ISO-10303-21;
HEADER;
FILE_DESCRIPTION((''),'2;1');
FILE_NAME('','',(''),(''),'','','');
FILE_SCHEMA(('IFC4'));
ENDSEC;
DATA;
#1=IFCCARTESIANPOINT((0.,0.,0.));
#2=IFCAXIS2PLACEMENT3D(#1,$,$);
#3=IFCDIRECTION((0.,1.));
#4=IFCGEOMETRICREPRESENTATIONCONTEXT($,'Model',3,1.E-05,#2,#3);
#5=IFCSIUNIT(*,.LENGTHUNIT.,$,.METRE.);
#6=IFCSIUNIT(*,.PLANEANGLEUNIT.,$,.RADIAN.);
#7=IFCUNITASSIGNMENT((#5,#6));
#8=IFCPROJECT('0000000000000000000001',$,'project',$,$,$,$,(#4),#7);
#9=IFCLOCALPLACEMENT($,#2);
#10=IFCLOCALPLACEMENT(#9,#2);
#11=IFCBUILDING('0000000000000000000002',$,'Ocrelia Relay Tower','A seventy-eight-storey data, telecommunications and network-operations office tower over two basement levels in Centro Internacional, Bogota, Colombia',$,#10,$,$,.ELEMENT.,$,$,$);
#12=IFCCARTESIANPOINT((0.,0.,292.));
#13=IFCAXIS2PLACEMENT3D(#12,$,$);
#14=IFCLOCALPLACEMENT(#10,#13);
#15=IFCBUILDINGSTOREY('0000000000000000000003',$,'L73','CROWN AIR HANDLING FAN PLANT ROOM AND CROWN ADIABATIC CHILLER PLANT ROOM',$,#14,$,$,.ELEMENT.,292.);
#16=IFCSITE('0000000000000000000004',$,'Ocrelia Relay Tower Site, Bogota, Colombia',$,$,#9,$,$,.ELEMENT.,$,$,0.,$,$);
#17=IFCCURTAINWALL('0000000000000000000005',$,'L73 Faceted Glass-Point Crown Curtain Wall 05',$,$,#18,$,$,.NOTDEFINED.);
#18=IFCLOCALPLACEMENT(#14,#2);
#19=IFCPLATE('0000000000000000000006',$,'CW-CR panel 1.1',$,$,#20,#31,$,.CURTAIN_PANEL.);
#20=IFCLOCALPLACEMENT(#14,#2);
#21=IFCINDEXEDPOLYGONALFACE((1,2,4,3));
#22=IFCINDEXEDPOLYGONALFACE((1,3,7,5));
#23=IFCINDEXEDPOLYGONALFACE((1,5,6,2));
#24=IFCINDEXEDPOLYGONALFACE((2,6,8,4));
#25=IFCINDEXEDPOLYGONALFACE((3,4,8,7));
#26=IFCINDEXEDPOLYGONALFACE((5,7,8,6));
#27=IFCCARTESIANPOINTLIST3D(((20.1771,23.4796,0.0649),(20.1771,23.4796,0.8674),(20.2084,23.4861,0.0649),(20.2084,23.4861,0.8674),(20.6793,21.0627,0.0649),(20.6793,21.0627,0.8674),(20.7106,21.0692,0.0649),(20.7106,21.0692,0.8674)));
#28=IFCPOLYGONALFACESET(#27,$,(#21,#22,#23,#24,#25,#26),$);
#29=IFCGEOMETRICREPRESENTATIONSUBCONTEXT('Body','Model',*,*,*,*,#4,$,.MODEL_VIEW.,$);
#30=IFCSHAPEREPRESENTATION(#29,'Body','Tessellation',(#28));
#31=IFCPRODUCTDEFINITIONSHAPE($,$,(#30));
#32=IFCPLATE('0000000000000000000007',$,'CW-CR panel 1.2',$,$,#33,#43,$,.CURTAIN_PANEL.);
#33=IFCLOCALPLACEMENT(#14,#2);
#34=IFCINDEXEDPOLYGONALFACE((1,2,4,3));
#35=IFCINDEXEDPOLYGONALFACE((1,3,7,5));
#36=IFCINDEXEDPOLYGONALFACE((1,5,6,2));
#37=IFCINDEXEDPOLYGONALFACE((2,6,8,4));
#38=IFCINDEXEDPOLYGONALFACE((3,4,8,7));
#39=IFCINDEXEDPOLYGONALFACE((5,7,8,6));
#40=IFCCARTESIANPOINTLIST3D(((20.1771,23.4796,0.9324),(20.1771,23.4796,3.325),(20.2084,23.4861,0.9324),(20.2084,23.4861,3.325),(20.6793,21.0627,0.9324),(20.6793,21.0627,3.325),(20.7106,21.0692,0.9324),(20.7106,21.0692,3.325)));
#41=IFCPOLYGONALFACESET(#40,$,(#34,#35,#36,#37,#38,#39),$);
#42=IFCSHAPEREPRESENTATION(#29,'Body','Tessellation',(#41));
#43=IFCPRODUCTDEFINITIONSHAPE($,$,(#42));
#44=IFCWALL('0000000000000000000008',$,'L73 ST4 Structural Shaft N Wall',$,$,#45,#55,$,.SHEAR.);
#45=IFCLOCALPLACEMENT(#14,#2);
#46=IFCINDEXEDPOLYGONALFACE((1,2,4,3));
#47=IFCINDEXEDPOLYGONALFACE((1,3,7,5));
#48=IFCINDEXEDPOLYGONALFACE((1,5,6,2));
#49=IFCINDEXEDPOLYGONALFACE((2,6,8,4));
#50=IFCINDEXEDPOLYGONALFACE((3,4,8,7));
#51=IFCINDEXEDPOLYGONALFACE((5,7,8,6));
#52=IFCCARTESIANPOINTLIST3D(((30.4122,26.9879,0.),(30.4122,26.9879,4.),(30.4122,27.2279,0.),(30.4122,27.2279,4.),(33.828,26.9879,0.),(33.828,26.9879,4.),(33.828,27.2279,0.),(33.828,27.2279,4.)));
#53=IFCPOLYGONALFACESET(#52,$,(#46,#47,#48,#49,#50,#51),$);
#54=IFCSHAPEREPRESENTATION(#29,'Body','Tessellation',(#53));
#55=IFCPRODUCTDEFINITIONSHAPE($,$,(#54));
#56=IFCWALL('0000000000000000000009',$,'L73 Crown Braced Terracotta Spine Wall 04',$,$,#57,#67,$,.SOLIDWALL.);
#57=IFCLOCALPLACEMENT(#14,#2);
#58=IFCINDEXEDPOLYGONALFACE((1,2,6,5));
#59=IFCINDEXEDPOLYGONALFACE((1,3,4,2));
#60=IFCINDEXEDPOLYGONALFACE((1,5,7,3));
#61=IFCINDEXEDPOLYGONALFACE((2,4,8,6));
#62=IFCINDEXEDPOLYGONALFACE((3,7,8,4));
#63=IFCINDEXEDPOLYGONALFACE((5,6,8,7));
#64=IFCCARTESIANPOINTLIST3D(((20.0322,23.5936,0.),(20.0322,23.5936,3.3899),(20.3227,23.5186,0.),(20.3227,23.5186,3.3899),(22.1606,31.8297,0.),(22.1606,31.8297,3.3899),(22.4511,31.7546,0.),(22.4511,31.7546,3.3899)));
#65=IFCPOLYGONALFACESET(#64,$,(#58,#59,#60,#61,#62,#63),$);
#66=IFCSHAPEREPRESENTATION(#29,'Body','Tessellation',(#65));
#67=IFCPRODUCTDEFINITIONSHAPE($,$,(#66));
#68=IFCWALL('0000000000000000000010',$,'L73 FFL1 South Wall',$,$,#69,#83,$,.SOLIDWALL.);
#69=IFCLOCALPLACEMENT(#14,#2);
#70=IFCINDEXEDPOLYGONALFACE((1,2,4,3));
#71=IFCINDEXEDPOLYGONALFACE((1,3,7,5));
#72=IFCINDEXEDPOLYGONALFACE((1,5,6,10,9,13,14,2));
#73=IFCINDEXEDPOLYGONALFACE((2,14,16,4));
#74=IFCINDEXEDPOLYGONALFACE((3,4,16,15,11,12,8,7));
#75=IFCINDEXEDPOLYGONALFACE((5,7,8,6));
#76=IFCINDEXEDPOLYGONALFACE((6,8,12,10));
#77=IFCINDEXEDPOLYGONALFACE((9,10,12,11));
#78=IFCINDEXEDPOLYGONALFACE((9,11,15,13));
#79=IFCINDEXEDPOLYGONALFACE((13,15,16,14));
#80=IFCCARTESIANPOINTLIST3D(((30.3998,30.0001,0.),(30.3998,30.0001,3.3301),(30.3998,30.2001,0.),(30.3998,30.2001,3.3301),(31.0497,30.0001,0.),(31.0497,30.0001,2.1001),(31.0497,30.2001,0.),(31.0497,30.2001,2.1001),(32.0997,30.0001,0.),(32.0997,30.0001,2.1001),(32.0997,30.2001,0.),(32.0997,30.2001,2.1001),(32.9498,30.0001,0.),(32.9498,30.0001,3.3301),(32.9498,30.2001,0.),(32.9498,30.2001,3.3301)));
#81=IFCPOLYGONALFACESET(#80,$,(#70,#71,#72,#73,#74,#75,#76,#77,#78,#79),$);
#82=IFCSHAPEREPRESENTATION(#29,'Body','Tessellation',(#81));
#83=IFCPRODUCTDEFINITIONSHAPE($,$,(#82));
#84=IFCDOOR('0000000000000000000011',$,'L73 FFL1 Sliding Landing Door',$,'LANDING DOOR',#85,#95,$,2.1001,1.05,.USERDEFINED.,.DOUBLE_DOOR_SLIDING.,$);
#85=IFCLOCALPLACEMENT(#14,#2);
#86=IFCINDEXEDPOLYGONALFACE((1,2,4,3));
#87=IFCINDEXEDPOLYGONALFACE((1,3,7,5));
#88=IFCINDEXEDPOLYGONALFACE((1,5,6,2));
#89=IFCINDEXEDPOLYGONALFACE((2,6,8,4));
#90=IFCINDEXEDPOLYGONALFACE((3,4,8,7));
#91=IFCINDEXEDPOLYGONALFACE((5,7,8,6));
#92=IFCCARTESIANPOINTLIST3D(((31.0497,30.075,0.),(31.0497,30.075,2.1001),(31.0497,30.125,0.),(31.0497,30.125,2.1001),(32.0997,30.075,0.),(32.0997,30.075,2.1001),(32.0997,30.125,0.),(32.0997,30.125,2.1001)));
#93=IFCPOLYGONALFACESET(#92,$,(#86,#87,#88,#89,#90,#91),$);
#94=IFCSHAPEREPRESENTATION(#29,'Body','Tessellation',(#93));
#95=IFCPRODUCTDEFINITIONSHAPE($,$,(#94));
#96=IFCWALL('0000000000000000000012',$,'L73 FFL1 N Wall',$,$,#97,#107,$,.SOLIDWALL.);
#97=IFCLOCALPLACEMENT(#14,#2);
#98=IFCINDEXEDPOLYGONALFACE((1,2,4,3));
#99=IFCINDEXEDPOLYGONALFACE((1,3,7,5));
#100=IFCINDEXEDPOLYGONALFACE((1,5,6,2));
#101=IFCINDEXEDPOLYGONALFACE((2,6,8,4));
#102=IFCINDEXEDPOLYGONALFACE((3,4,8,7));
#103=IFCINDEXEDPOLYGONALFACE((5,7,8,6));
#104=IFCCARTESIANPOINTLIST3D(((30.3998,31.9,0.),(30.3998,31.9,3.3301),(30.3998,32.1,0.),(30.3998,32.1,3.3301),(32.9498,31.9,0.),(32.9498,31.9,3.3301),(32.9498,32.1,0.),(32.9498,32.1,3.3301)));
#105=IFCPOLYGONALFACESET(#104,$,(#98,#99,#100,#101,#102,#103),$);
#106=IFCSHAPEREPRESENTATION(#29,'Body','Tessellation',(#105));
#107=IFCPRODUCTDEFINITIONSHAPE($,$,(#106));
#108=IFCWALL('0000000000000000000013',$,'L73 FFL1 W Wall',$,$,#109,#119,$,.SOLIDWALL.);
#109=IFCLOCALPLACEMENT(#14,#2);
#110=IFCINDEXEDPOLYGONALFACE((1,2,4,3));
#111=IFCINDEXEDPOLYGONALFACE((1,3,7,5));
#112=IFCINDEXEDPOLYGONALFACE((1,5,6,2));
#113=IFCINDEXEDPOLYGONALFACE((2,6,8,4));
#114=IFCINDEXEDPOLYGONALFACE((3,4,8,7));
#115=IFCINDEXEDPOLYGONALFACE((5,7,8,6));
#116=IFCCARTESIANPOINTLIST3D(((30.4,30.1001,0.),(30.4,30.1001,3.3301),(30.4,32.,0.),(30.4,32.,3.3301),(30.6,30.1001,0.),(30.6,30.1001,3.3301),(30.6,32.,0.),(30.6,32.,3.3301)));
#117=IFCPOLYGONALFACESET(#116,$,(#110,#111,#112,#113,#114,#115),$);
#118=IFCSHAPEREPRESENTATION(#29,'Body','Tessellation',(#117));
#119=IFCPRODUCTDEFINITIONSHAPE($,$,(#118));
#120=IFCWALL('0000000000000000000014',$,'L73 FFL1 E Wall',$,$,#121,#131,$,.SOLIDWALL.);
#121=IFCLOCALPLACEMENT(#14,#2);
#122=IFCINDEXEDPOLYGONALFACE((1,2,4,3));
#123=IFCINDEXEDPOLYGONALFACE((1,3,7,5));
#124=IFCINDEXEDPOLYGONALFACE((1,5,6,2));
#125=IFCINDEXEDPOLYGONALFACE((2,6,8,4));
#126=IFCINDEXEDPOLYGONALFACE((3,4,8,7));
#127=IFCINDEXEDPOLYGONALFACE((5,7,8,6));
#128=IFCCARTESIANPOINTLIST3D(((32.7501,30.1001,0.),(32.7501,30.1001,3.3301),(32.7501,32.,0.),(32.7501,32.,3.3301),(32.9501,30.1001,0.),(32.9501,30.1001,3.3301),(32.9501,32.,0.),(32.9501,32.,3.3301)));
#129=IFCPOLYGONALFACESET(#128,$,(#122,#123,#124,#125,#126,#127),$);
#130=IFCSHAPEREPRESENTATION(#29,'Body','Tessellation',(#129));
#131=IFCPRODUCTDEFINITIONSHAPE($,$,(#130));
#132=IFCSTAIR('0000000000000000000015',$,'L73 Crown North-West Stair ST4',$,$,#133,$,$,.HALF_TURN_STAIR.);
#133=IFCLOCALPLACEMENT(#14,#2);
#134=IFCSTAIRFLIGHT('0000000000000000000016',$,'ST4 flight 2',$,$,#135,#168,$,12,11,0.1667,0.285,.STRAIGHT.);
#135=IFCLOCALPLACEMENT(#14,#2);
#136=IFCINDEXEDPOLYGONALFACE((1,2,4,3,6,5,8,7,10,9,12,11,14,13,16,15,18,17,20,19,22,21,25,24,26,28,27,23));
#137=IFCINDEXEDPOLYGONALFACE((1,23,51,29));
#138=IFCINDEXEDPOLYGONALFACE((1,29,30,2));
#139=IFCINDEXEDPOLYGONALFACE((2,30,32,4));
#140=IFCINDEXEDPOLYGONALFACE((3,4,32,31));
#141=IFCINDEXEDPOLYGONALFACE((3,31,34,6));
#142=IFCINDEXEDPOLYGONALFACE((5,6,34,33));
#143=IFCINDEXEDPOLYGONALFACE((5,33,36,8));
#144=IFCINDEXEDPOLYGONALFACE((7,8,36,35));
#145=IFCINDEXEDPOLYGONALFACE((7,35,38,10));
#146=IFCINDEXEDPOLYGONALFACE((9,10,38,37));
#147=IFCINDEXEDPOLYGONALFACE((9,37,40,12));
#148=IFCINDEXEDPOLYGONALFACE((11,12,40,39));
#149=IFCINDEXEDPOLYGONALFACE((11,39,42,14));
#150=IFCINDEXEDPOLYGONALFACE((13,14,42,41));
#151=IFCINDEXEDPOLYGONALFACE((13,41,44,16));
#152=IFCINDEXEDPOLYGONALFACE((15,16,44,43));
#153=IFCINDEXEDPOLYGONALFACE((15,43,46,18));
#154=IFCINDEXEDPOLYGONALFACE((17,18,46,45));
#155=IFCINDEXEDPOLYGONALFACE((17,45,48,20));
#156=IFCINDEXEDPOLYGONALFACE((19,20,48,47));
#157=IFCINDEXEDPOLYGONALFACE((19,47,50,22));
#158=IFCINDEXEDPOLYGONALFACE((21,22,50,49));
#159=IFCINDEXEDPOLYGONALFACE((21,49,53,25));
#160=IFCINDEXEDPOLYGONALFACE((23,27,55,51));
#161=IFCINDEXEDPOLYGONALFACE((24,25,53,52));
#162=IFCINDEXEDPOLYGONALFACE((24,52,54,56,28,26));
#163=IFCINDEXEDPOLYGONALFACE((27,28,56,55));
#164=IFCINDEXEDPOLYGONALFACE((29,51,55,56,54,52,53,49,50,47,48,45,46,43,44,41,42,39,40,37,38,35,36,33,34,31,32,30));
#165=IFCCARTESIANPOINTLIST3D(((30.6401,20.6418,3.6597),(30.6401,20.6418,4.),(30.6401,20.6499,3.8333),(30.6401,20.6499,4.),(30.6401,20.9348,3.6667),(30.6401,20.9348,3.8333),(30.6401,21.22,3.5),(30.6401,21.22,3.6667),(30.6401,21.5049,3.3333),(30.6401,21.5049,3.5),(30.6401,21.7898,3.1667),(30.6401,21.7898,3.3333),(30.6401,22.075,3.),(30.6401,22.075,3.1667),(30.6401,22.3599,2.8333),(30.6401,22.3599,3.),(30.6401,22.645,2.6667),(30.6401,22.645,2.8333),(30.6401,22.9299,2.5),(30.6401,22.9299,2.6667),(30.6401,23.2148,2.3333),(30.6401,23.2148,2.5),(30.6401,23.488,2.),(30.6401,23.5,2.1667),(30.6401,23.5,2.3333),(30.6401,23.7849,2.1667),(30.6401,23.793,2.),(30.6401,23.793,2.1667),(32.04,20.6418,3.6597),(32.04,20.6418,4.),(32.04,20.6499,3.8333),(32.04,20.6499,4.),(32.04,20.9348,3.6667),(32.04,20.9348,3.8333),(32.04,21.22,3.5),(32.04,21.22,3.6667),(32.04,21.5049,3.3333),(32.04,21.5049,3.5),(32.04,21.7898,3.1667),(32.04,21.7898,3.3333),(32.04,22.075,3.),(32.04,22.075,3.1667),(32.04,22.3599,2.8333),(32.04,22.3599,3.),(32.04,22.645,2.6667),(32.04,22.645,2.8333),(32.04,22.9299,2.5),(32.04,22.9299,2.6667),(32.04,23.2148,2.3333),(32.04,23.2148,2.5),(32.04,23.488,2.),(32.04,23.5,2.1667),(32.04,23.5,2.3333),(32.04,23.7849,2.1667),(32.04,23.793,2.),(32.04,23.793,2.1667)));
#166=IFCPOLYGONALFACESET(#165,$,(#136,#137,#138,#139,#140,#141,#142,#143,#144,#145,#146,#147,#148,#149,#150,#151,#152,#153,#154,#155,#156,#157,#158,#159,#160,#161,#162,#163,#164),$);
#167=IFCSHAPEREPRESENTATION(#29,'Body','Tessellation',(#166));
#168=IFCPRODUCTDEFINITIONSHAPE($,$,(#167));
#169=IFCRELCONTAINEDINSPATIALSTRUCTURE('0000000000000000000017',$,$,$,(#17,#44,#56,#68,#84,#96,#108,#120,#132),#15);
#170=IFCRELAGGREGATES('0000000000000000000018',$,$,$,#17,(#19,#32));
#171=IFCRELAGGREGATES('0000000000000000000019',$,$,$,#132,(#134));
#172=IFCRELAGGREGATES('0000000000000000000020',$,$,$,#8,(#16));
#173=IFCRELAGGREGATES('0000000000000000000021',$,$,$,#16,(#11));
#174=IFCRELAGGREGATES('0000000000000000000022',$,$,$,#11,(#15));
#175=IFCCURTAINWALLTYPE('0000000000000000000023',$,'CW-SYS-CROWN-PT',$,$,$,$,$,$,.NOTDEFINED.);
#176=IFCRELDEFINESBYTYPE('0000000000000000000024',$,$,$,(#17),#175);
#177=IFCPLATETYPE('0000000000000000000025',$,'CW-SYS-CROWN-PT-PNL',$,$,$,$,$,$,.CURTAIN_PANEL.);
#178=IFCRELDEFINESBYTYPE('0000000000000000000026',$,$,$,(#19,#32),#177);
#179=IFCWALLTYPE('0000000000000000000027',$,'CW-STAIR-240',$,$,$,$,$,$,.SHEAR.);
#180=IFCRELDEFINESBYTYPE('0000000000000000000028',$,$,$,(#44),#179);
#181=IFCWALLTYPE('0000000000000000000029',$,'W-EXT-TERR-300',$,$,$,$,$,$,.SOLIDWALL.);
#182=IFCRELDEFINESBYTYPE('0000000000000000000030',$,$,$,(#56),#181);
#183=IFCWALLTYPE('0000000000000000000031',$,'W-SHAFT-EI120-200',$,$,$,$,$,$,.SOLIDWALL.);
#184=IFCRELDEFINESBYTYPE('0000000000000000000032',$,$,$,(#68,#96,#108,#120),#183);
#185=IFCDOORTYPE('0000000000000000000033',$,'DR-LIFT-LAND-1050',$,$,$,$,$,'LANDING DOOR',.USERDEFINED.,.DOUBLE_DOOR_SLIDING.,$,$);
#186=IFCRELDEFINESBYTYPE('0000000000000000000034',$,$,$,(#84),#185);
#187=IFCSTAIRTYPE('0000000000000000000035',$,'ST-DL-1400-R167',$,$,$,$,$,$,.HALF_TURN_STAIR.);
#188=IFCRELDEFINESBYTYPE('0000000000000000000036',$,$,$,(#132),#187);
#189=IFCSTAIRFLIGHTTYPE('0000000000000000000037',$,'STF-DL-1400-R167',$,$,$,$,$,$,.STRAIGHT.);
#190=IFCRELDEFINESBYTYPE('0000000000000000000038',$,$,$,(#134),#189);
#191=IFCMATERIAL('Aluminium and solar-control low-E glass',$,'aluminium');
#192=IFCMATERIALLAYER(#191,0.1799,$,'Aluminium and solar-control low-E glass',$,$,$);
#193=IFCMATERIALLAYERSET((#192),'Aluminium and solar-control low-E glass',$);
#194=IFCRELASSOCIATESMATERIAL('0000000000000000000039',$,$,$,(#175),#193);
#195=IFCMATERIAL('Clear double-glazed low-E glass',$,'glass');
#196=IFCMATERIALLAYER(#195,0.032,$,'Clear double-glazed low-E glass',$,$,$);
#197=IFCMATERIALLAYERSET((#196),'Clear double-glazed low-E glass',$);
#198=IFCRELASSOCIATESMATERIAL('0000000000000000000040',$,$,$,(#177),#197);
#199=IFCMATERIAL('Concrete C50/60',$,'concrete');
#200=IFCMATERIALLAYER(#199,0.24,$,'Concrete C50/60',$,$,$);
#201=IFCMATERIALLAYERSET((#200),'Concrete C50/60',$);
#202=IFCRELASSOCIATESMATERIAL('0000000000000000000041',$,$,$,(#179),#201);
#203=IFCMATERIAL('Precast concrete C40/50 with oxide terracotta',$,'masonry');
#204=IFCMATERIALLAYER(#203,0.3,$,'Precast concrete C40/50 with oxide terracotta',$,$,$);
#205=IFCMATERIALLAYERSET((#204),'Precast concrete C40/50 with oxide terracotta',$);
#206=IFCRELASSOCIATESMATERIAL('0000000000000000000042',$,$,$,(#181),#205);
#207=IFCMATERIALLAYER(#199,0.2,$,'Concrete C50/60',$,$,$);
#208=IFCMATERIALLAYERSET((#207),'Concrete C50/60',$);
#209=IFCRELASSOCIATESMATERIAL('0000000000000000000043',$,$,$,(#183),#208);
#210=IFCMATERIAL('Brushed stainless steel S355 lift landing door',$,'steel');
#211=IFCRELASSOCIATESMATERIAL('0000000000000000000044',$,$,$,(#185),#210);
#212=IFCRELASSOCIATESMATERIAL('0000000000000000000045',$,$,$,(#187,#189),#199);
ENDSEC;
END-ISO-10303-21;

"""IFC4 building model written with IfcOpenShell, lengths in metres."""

from ifc_helpers import new_model, si_unit, direction, frame, frame_2d, origin, origin_2d, place, context, subcontext, project, spatial, polyline, rectangle, outline, extrude, material, layer, layer_set, type_object, element, fill, aggregate, save


model = new_model("IFC4")

# Units and contexts
model_context = context("Model", 3, precision=1e-05, world=origin(), true_north=direction((0.0, 1.0)))
body_context = subcontext(model_context, "Body", "Model", "MODEL_VIEW")
ifc_project = project(units=[si_unit("LENGTHUNIT", "METRE"), si_unit("PLANEANGLEUNIT", "RADIAN")], contexts=[model_context])

# Site, building, storey
site_placement = place(None, origin())
site = spatial("IfcSite", under=ifc_project, at=site_placement, Name="Ocrelia Relay Tower Site, Bogota, Colombia", CompositionType="ELEMENT", RefElevation=0.0)
building_placement = place(site_placement, origin())
building = spatial("IfcBuilding", under=site, at=building_placement, Name="Ocrelia Relay Tower", Description="A seventy-eight-storey data, telecommunications and network-operations office tower over two basement levels in Centro Internacional, Bogota, Colombia", CompositionType="ELEMENT")
storey_placement = place(building_placement, frame((0.0, 0.0, 292.0)))
storey = spatial("IfcBuildingStorey", under=building, at=storey_placement, Name="L73", Description="CROWN AIR HANDLING FAN PLANT ROOM AND CROWN ADIABATIC CHILLER PLANT ROOM", CompositionType="ELEMENT", Elevation=292.0)

# Shared definitions
ifc_material_1 = material(Name="Aluminium and solar-control low-E glass", Category="aluminium")
ifc_layer_1 = layer(ifc_material_1, 0.1799, Name="Aluminium and solar-control low-E glass")
ifc_layer_set_1 = layer_set([ifc_layer_1], Name="Aluminium and solar-control low-E glass")
curtain_wall_type = type_object("IfcCurtainWallType", Name="CW-SYS-CROWN-PT", PredefinedType="NOTDEFINED", material=ifc_layer_set_1)

# Curtain wall
curtain_wall_1_placement = place(storey_placement, origin())
curtain_wall_1 = element("IfcCurtainWall", 1, at=curtain_wall_1_placement, inside=storey, type_object=curtain_wall_type, Name="L73 Faceted Glass-Point Crown Curtain Wall 05", PredefinedType="NOTDEFINED")

# Plates
ifc_material_2 = material(Name="Clear double-glazed low-E glass", Category="glass")
ifc_layer_2 = layer(ifc_material_2, 0.032, Name="Clear double-glazed low-E glass")
ifc_layer_set_2 = layer_set([ifc_layer_2], Name="Clear double-glazed low-E glass")
plate_type = type_object("IfcPlateType", Name="CW-SYS-CROWN-PT-PNL", PredefinedType="CURTAIN_PANEL", material=ifc_layer_set_2)
plate_1_placement = place(storey_placement, frame((20.4438, 22.2744, 0.0649), z_axis=(0.0, 0.0, 1.0), x_axis=(0.203457, -0.979084, 0.0)))
plate_1 = element("IfcPlate", 2, at=plate_1_placement, type_object=plate_type, Name="CW-CR panel 1.1", PredefinedType="CURTAIN_PANEL", context=body_context, shape_type="SweptSolid", body=[
    extrude(rectangle(XDim=2.4685, YDim=0.032, at=origin_2d()), origin(), (0.0, 0.0, 1.0), 0.8025),
])
plate_2_placement = place(storey_placement, frame((20.4438, 22.2744, 0.9324), z_axis=(0.0, 0.0, 1.0), x_axis=(0.203457, -0.979084, 0.0)))
plate_2 = element("IfcPlate", 3, at=plate_2_placement, type_object=plate_type, Name="CW-CR panel 1.2", PredefinedType="CURTAIN_PANEL", context=body_context, shape_type="SweptSolid", body=[
    extrude(rectangle(XDim=2.4685, YDim=0.032, at=origin_2d()), origin(), (0.0, 0.0, 1.0), 2.3926),
])
aggregate(curtain_wall_1, [plate_1, plate_2])

# Walls
ifc_material_3 = material(Name="Concrete C50/60", Category="concrete")
ifc_layer_3 = layer(ifc_material_3, 0.24, Name="Concrete C50/60")
ifc_layer_set_3 = layer_set([ifc_layer_3], Name="Concrete C50/60")
wall_type_1 = type_object("IfcWallType", Name="CW-STAIR-240", PredefinedType="SHEAR", material=ifc_layer_set_3)
wall_1_placement = place(storey_placement, frame((30.4121, 27.1079, 0.0), z_axis=(0.0, 0.0, 1.0), x_axis=(1.0, 0.0, 0.0)))
element("IfcWall", 4, at=wall_1_placement, inside=storey, type_object=wall_type_1, Name="L73 ST4 Structural Shaft N Wall", PredefinedType="SHEAR", context=body_context, shape_type="SweptSolid", body=[
    extrude(rectangle(XDim=3.4158, YDim=0.24, at=frame_2d((1.708, 0.0))), origin(), (0.0, 0.0, 1.0), 4.0),
])
ifc_material_4 = material(Name="Precast concrete C40/50 with oxide terracotta", Category="masonry")
ifc_layer_4 = layer(ifc_material_4, 0.3, Name="Precast concrete C40/50 with oxide terracotta")
ifc_layer_set_4 = layer_set([ifc_layer_4], Name="Precast concrete C40/50 with oxide terracotta")
wall_type_2 = type_object("IfcWallType", Name="W-EXT-TERR-300", PredefinedType="SOLIDWALL", material=ifc_layer_set_4)
wall_2_placement = place(storey_placement, frame((22.3059, 31.7922, 0.0), z_axis=(0.0, 0.0, 1.0), x_axis=(-0.250206, -0.968193, 0.0)))
element("IfcWall", 5, at=wall_2_placement, inside=storey, type_object=wall_type_2, Name="L73 Crown Braced Terracotta Spine Wall 04", PredefinedType="SOLIDWALL", context=body_context, shape_type="SweptSolid", body=[
    extrude(rectangle(XDim=8.5066, YDim=0.3, at=frame_2d((4.2534, 0.0))), origin(), (0.0, 0.0, 1.0), 3.3899),
])

# Wall, opening, door
ifc_layer_5 = layer(ifc_material_3, 0.2, Name="Concrete C50/60")
ifc_layer_set_5 = layer_set([ifc_layer_5], Name="Concrete C50/60")
wall_type_3 = type_object("IfcWallType", Name="W-SHAFT-EI120-200", PredefinedType="SOLIDWALL", material=ifc_layer_set_5)
wall_3_placement = place(storey_placement, frame((30.3999, 30.1001, 0.0), z_axis=(0.0, 0.0, 1.0), x_axis=(1.0, 0.0, 0.0)))
wall_3 = element("IfcWall", 6, at=wall_3_placement, inside=storey, type_object=wall_type_3, Name="L73 FFL1 South Wall", PredefinedType="SOLIDWALL", context=body_context, shape_type="SweptSolid", body=[
    extrude(rectangle(XDim=2.55, YDim=0.2, at=frame_2d((1.2749, 0.0))), origin(), (0.0, 0.0, 1.0), 3.3301),
])
opening_placement = place(wall_3_placement, frame((0.6499, 0.0, 0.0)))
opening = element("IfcOpeningElement", 7, at=opening_placement, cuts=wall_3, PredefinedType="OPENING", context=body_context, shape_type="SweptSolid", body=[
    extrude(rectangle(XDim=1.05, YDim=2.1001, at=frame_2d((0.5249, 1.05))), frame((0.0, 0.1099, 0.0), z_axis=(0.0, -1.0, 0.0), x_axis=(1.0, 0.0, 0.0)), (0.0, 0.0, 1.0), 0.22),
])
ifc_material_5 = material(Name="Brushed stainless steel S355 lift landing door", Category="steel")
door_type = type_object("IfcDoorType", Name="DR-LIFT-LAND-1050", ElementType="LANDING DOOR", OperationType="DOUBLE_DOOR_SLIDING", PredefinedType="USERDEFINED", material=ifc_material_5)
door_placement = place(opening_placement, origin())
door = element("IfcDoor", 8, at=door_placement, inside=storey, type_object=door_type, Name="L73 FFL1 Sliding Landing Door", ObjectType="LANDING DOOR", OperationType="DOUBLE_DOOR_SLIDING", OverallHeight=2.1001, OverallWidth=1.05, PredefinedType="USERDEFINED", context=body_context, shape_type="SweptSolid", body=[
    extrude(rectangle(XDim=1.05, YDim=2.1001, at=frame_2d((0.5249, 1.05))), frame((0.0, 0.0249, 0.0), z_axis=(0.0, -1.0, 0.0), x_axis=(1.0, 0.0, 0.0)), (0.0, 0.0, 1.0), 0.05),
])
fill(opening, door)

# Walls
wall_4_placement = place(storey_placement, frame((30.3999, 32.0, 0.0), z_axis=(0.0, 0.0, 1.0), x_axis=(1.0, 0.0, 0.0)))
element("IfcWall", 9, at=wall_4_placement, inside=storey, type_object=wall_type_3, Name="L73 FFL1 N Wall", PredefinedType="SOLIDWALL", context=body_context, shape_type="SweptSolid", body=[
    extrude(rectangle(XDim=2.55, YDim=0.2, at=frame_2d((1.2749, 0.0))), origin(), (0.0, 0.0, 1.0), 3.3301),
])
for number, where, z_axis, x_axis, name in (
    (10, (30.5, 30.1001, 0.0), (0.0, 0.0, 1.0), (0.0, 1.0, 0.0), "L73 FFL1 W Wall"),
    (11, (32.8501, 30.1001, 0.0), (0.0, 0.0, 1.0), (0.0, 1.0, 0.0), "L73 FFL1 E Wall"),
):
    element("IfcWall", number, at=place(storey_placement, frame(where, z_axis=z_axis, x_axis=x_axis)), inside=storey, type_object=wall_type_3, Name=name, PredefinedType="SOLIDWALL", context=body_context, shape_type="SweptSolid", body=[
        extrude(rectangle(XDim=1.8999, YDim=0.2, at=frame_2d((0.95, 0.0))), origin(), (0.0, 0.0, 1.0), 3.3301),
    ])

# Stair, stair flight
stair_type = type_object("IfcStairType", Name="ST-DL-1400-R167", PredefinedType="HALF_TURN_STAIR", material=ifc_material_3)
stair_placement = place(storey_placement, origin())
stair = element("IfcStair", 12, at=stair_placement, inside=storey, type_object=stair_type, Name="L73 Crown North-West Stair ST4", PredefinedType="HALF_TURN_STAIR")
stair_flight_type = type_object("IfcStairFlightType", Name="STF-DL-1400-R167", PredefinedType="STRAIGHT", material=ifc_material_3)
stair_flight_placement = place(storey_placement, frame((31.3401, 23.7849, 2.0), z_axis=(0.0, 0.0, 1.0), x_axis=(0.0, -1.0, 0.0)))
stair_flight = element("IfcStairFlight", 13, at=stair_flight_placement, type_object=stair_flight_type, Name="ST4 flight 2", NumberOfRisers=12, NumberOfTreads=11, PredefinedType="STRAIGHT", RiserHeight=0.1667, TreadLength=0.285, context=body_context, shape_type="SweptSolid", body=[
    extrude(outline(polyline([(-0.0081, 0.0), (-0.0081, 0.1667), (0.0, 0.1667), (0.2849, 0.1667), (0.2849, 0.3333), (0.5701, 0.3333), (0.5701, 0.5), (0.855, 0.5), (0.855, 0.6667), (1.1399, 0.6667), (1.1399, 0.8333), (1.425, 0.8333), (1.425, 1.0), (1.71, 1.0), (1.71, 1.1667), (1.9951, 1.1667), (1.9951, 1.3333), (2.28, 1.3333), (2.28, 1.5), (2.5649, 1.5), (2.5649, 1.6667), (2.8501, 1.6667), (2.8501, 1.8333), (3.135, 1.8333), (3.135, 2.0), (3.1431, 2.0), (3.1431, 1.6597), (0.2969, 0.0), (-0.0081, 0.0)])), frame((0.0, 0.7, 0.0), z_axis=(0.0, -1.0, 0.0), x_axis=(1.0, 0.0, 0.0)), (0.0, 0.0, 1.0), 1.3999),
])
aggregate(stair, [stair_flight])

save(model, "model.ifc")
